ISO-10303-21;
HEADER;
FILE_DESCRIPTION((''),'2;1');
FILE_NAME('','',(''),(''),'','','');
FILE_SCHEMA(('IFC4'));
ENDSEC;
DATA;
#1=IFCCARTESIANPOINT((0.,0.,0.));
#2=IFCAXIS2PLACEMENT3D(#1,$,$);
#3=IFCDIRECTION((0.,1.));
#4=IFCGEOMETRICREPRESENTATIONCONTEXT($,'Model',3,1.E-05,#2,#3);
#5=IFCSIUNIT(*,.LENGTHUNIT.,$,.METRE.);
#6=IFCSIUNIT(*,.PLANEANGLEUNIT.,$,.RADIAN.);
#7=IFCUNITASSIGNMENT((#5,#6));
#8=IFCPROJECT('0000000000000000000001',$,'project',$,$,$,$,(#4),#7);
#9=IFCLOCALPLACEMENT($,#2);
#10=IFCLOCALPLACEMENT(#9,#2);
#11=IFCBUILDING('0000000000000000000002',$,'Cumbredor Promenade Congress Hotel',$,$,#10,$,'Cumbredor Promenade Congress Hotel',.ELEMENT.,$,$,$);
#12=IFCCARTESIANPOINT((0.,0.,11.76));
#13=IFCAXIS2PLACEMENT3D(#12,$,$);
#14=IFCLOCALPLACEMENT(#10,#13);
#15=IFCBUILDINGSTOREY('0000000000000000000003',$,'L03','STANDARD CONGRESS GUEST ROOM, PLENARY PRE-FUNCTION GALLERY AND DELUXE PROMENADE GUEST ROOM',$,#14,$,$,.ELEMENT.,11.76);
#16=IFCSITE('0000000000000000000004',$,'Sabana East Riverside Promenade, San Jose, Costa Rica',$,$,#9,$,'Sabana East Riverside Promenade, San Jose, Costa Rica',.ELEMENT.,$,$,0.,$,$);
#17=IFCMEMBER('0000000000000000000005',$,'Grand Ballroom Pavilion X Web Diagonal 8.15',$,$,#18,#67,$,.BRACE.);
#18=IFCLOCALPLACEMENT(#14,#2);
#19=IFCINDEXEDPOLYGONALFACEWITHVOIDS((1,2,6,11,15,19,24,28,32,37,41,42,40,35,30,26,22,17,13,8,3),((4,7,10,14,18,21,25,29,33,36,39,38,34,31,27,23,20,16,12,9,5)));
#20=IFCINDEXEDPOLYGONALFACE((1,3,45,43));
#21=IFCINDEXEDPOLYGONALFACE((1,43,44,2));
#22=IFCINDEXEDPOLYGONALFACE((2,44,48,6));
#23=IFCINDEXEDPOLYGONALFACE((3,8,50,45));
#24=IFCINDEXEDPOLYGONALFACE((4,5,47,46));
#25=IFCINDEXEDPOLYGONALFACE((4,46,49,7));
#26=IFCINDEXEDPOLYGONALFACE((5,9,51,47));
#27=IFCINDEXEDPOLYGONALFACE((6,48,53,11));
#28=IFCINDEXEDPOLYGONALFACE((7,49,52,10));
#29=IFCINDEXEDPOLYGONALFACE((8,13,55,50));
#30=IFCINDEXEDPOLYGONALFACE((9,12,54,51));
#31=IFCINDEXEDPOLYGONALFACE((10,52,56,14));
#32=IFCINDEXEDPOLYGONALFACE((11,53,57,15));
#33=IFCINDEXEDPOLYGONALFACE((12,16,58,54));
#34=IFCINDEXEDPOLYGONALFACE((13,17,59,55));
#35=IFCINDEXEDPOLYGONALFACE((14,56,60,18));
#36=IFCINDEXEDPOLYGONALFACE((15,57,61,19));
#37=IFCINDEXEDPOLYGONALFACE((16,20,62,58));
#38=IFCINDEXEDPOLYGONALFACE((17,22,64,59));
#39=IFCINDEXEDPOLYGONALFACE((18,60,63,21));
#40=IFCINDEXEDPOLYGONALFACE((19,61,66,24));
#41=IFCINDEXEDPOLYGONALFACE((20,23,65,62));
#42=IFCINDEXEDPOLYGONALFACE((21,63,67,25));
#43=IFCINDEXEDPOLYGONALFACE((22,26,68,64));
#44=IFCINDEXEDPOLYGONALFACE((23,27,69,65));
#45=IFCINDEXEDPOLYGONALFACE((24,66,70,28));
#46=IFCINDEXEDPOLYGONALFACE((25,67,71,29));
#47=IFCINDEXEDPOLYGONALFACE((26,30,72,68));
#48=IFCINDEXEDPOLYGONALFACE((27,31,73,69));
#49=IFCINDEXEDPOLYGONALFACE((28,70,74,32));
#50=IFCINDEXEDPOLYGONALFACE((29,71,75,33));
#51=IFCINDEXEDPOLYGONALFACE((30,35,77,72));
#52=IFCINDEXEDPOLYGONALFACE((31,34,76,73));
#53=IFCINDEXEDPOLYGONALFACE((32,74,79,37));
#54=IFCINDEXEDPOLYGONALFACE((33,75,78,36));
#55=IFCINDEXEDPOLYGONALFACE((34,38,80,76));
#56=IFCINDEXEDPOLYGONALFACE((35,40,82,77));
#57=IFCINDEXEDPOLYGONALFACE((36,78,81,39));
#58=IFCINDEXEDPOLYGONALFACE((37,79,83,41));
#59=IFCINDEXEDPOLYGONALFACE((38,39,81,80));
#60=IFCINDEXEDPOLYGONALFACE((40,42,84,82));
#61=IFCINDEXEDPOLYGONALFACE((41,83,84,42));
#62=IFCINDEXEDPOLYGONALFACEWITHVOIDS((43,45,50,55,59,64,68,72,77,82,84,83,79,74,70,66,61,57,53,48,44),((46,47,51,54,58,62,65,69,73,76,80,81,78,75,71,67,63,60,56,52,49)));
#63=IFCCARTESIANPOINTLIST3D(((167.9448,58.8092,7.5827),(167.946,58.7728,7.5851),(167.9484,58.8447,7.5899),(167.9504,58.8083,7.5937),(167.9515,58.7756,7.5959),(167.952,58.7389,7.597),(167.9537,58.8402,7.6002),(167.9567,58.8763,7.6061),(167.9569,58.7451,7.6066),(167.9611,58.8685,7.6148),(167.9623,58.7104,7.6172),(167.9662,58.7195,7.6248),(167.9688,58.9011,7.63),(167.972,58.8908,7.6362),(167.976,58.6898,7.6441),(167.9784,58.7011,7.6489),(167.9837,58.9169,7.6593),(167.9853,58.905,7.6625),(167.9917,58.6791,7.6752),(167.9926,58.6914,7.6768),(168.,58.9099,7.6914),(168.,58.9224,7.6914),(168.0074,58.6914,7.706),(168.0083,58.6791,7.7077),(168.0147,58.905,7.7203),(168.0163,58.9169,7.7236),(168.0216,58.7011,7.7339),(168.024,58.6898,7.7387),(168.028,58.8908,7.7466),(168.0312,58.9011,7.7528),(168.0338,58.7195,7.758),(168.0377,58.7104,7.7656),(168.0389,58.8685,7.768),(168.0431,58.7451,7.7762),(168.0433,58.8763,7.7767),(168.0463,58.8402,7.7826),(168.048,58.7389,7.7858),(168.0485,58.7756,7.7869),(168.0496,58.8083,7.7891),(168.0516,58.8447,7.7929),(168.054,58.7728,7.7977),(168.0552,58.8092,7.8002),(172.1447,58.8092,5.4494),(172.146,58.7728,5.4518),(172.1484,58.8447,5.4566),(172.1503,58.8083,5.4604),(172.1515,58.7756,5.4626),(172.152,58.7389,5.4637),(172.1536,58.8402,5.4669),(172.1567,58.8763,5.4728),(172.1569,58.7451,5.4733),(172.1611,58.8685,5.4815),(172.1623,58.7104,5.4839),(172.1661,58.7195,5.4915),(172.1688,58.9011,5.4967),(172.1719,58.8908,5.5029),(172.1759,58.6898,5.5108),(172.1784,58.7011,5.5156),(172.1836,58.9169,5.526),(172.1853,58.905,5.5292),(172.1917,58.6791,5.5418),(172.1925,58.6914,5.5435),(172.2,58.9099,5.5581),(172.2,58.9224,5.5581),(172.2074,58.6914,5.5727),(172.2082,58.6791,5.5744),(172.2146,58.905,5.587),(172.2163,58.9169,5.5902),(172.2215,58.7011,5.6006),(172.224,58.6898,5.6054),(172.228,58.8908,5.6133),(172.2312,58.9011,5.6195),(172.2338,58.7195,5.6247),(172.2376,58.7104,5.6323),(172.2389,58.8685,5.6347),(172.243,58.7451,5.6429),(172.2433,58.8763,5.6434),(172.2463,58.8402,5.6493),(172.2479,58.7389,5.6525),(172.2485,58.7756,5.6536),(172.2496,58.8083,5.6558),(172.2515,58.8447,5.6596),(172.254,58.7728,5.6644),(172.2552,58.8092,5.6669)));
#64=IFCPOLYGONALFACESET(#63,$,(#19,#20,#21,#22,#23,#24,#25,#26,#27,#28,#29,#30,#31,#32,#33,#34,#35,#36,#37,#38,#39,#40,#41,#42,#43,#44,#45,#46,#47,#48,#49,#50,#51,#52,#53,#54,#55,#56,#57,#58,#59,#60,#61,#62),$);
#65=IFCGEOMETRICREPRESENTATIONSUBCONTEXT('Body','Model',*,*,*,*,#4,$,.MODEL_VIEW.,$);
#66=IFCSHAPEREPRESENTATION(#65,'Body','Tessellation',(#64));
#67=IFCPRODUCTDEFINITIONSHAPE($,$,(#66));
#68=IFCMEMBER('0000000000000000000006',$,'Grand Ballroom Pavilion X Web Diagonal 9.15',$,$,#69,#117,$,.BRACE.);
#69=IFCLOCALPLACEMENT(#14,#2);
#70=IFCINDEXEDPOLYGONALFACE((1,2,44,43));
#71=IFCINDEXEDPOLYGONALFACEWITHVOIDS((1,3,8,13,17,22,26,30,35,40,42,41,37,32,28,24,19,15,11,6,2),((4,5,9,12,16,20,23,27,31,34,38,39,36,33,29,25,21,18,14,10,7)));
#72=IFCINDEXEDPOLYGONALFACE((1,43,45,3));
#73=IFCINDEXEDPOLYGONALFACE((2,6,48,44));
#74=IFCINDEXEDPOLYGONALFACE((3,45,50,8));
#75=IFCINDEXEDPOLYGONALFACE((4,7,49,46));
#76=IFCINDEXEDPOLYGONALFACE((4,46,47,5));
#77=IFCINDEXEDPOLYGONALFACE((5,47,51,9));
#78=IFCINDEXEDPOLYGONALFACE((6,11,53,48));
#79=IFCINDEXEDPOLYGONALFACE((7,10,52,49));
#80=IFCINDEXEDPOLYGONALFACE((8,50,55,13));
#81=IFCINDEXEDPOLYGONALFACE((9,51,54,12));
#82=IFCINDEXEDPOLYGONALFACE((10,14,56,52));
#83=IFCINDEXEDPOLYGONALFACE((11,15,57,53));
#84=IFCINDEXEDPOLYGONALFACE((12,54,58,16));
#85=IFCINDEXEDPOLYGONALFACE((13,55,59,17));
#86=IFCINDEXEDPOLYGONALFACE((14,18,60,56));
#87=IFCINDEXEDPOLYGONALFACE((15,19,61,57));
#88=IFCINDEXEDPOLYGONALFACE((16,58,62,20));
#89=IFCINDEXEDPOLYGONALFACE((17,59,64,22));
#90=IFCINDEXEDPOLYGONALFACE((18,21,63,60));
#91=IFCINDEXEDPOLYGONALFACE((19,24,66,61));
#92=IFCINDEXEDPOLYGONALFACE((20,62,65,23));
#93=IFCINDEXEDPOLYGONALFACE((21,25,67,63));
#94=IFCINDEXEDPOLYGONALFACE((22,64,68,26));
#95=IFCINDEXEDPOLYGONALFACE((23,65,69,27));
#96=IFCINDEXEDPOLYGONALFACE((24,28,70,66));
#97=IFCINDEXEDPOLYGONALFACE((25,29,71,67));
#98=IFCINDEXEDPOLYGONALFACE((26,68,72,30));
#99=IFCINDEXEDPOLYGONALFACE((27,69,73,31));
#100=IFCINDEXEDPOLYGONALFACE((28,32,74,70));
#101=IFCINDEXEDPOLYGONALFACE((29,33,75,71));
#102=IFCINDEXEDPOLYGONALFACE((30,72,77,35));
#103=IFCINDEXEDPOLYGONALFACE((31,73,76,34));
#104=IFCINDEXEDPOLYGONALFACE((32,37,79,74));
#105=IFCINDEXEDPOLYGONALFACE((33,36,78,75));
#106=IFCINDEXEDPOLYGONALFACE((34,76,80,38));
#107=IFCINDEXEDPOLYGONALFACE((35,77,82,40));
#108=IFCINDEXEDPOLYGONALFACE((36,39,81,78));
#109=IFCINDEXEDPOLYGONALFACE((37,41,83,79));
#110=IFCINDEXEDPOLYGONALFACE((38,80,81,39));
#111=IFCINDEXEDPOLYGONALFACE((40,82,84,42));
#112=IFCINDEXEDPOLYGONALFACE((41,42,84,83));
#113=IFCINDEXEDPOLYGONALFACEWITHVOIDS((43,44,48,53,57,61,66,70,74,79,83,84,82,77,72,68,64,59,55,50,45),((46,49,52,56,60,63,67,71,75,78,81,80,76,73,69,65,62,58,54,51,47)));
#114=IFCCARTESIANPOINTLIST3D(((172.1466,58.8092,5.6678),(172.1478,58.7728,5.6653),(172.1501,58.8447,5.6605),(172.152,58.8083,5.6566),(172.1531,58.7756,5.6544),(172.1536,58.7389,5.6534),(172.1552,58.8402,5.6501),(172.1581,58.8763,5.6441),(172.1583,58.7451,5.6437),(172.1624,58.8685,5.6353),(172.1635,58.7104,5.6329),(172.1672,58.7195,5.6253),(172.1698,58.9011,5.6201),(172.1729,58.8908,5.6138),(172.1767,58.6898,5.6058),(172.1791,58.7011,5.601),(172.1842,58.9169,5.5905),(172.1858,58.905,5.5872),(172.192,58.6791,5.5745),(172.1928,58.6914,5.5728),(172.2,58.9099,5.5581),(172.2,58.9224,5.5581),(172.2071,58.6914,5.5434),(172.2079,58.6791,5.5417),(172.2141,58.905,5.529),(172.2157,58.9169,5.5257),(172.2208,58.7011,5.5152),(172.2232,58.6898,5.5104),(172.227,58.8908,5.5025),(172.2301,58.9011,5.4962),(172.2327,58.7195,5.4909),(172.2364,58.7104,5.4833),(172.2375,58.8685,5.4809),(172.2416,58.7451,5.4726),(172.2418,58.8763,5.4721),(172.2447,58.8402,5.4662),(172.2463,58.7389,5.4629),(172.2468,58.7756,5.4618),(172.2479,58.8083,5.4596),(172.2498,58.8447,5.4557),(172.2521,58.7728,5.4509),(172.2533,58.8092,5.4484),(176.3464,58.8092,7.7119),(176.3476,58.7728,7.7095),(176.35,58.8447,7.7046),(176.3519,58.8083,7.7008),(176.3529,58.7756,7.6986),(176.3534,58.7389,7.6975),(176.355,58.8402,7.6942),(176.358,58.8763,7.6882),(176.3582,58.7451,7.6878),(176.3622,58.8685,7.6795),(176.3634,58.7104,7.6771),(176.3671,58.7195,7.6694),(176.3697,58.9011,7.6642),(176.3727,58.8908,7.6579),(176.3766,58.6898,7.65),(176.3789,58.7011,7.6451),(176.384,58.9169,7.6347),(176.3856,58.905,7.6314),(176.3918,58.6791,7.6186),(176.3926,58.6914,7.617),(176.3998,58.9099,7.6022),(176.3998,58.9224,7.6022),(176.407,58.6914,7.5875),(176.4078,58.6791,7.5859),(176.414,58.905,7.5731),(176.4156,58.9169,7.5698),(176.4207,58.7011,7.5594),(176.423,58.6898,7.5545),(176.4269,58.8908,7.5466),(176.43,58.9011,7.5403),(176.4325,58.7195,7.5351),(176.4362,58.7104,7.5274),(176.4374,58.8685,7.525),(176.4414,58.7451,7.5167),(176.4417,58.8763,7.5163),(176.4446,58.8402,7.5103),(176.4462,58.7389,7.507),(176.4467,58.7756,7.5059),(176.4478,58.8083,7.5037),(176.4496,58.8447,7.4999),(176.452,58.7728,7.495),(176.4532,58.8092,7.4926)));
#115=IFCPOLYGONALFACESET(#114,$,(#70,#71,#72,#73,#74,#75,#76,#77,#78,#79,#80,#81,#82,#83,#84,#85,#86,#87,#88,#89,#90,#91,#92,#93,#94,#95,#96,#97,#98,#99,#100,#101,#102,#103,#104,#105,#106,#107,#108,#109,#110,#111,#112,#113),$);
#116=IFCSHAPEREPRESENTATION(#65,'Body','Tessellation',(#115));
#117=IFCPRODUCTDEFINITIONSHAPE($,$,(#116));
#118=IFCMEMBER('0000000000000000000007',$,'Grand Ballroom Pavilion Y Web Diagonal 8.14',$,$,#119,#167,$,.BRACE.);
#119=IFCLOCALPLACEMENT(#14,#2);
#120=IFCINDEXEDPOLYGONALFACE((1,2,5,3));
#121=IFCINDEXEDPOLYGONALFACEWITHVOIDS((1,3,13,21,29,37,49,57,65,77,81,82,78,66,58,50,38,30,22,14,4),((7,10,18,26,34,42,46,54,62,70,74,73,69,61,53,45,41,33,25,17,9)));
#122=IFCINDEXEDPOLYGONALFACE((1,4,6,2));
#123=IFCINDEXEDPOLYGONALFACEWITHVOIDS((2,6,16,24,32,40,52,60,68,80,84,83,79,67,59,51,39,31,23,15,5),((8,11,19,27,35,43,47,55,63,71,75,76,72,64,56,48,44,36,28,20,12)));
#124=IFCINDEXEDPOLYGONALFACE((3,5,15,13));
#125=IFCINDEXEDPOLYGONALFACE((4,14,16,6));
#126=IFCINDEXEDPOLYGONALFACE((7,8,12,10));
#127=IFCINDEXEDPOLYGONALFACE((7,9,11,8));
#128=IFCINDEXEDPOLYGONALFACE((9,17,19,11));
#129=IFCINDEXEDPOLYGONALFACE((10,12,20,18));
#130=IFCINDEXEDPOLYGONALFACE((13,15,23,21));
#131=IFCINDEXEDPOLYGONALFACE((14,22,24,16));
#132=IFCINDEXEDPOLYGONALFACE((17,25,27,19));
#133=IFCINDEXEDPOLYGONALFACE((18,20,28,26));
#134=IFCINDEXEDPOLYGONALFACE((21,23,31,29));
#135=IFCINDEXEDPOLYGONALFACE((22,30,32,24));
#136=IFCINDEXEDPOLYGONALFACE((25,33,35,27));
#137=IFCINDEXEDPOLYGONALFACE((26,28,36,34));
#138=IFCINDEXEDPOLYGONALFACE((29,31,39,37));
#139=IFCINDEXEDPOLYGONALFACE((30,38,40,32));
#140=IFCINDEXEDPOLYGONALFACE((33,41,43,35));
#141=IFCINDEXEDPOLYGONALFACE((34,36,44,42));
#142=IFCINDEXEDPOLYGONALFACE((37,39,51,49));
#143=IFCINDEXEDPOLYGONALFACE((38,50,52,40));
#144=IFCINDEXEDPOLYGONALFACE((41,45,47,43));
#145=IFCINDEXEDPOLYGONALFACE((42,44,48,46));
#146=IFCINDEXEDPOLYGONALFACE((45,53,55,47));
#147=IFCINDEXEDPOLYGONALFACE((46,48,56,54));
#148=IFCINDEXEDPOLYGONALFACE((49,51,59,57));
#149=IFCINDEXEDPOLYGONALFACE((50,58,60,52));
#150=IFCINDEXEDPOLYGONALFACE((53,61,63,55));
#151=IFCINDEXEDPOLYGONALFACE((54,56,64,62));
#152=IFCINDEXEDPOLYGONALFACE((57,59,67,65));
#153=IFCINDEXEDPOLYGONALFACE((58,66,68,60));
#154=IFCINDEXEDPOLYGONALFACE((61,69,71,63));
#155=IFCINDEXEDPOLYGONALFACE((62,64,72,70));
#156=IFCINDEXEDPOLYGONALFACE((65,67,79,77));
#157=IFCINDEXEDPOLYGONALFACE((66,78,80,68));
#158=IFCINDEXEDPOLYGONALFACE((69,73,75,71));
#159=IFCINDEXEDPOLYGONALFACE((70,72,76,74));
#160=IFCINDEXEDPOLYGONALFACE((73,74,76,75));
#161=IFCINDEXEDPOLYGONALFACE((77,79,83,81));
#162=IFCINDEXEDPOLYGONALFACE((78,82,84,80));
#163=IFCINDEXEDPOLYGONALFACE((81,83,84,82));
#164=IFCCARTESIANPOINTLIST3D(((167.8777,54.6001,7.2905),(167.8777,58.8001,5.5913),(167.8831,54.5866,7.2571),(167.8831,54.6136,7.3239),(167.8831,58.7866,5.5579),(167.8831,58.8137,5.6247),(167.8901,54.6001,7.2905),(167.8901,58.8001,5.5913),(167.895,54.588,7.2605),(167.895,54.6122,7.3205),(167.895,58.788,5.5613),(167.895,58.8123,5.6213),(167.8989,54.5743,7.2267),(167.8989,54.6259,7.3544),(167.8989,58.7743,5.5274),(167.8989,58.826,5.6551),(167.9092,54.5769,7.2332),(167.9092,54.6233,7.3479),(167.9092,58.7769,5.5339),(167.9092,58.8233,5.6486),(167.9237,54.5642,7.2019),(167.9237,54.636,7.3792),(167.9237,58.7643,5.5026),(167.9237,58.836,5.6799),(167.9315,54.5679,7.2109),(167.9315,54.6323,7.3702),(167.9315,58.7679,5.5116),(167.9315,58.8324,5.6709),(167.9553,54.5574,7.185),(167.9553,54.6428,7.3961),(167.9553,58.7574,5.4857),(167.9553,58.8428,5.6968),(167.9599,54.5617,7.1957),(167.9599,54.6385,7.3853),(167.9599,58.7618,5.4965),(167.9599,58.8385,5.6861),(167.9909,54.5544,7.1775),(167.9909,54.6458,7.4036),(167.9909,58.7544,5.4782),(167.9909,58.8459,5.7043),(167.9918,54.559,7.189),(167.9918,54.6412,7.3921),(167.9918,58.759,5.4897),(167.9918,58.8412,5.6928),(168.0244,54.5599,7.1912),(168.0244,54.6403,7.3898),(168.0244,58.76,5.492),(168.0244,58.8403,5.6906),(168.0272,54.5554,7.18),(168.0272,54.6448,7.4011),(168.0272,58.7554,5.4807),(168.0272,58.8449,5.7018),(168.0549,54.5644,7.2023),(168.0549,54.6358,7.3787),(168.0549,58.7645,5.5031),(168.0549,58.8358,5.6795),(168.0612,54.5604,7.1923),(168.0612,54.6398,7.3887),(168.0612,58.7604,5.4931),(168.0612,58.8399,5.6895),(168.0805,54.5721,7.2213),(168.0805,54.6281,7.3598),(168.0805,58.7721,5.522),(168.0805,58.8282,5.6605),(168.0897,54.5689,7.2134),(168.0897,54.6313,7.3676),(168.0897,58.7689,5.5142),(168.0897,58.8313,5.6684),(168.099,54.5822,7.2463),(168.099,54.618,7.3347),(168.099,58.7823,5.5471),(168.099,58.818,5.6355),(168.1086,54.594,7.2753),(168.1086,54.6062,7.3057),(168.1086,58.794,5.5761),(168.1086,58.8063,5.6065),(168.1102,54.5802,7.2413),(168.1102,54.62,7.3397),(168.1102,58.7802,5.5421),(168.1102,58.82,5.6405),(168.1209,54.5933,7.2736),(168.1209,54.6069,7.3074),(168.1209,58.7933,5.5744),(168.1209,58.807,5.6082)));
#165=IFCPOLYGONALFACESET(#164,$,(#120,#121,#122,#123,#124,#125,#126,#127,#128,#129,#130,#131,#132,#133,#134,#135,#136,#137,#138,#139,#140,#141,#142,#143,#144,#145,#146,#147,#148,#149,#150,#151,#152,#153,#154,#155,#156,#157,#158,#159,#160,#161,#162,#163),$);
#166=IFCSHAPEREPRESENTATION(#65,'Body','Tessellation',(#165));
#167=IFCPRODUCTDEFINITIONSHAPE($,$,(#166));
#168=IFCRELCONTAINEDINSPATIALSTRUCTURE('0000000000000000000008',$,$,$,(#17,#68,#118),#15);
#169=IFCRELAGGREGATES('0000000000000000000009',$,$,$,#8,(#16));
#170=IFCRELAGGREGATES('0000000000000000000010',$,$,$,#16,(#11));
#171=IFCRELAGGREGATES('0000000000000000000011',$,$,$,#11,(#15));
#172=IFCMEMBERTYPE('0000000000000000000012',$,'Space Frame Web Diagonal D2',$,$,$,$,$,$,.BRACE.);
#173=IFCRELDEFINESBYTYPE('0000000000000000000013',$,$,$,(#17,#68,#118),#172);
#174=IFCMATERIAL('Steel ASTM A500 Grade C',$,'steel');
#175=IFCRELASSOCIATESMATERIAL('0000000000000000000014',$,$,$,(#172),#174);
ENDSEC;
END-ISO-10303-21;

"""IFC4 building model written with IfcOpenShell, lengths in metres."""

from ifc_helpers import new_model, si_unit, direction, frame, origin, origin_2d, place, context, subcontext, project, spatial, hollow_circle, extrude, material, material_profile, profile_set, type_object, element, save


model = new_model("IFC4")

# Units and contexts
model_context = context("Model", 3, precision=1e-05, world=origin(), true_north=direction((0.0, 1.0)))
body_context = subcontext(model_context, "Body", "Model", "MODEL_VIEW")
ifc_project = project(units=[si_unit("LENGTHUNIT", "METRE"), si_unit("PLANEANGLEUNIT", "RADIAN")], contexts=[model_context])

# Site, building, storey
site_placement = place(None, origin())
site = spatial("IfcSite", under=ifc_project, at=site_placement, Name="Sabana East Riverside Promenade, San Jose, Costa Rica", LongName="Sabana East Riverside Promenade, San Jose, Costa Rica", CompositionType="ELEMENT", RefElevation=0.0)
building_placement = place(site_placement, origin())
building = spatial("IfcBuilding", under=site, at=building_placement, Name="Cumbredor Promenade Congress Hotel", LongName="Cumbredor Promenade Congress Hotel", CompositionType="ELEMENT")
storey_placement = place(building_placement, frame((0.0, 0.0, 11.76)))
storey = spatial("IfcBuildingStorey", under=building, at=storey_placement, Name="L03", Description="STANDARD CONGRESS GUEST ROOM, PLENARY PRE-FUNCTION GALLERY AND DELUXE PROMENADE GUEST ROOM", CompositionType="ELEMENT", Elevation=11.76)

# Members
ifc_material_1 = material(Name="Steel ASTM A500 Grade C", Category="steel")
ifc_material_profile_1 = material_profile(ifc_material_1, hollow_circle(Radius=0.1223, WallThickness=0.0125, at=origin_2d()), Name="CHS 244.5x12.5")
ifc_profile_set_1 = profile_set([ifc_material_profile_1], Name="Steel ASTM A500 Grade C")
member_type_1 = type_object("IfcMemberType", Name="Space Frame Web Diagonal D2", PredefinedType="BRACE", material=ifc_profile_set_1)
member_1_placement = place(storey_placement, frame((168.0, 58.8, 7.6914), z_axis=(0.89158, 0.0, -0.452864), x_axis=(0.0, 1.0, 0.0)))
element("IfcMember", 1, at=member_1_placement, inside=storey, type_object=member_type_1, Name="Grand Ballroom Pavilion X Web Diagonal 8.15", PredefinedType="BRACE", context=body_context, shape_type="SweptSolid", body=[
    extrude(hollow_circle(Radius=0.1223, WallThickness=0.0125, at=origin_2d()), origin(), (0.0, 0.0, 1.0), 4.7107),
])
member_2_placement = place(storey_placement, frame((172.2, 58.8, 5.5581), z_axis=(0.899153, 0.0, 0.437634), x_axis=(0.0, 1.0, 0.0)))
element("IfcMember", 2, at=member_2_placement, inside=storey, type_object=member_type_1, Name="Grand Ballroom Pavilion X Web Diagonal 9.15", PredefinedType="BRACE", context=body_context, shape_type="SweptSolid", body=[
    extrude(hollow_circle(Radius=0.1223, WallThickness=0.0125, at=origin_2d()), origin(), (0.0, 0.0, 1.0), 4.6709),
])
member_3_placement = place(storey_placement, frame((168.0, 54.6001, 7.2905), z_axis=(0.0, 0.927005, -0.375048), x_axis=(-1.0, 0.0, 0.0)))
element("IfcMember", 3, at=member_3_placement, inside=storey, type_object=member_type_1, Name="Grand Ballroom Pavilion Y Web Diagonal 8.14", PredefinedType="BRACE", context=body_context, shape_type="SweptSolid", body=[
    extrude(hollow_circle(Radius=0.1223, WallThickness=0.0125, at=origin_2d()), origin(), (0.0, 0.0, 1.0), 4.5308),
])

save(model, "model.ifc")
